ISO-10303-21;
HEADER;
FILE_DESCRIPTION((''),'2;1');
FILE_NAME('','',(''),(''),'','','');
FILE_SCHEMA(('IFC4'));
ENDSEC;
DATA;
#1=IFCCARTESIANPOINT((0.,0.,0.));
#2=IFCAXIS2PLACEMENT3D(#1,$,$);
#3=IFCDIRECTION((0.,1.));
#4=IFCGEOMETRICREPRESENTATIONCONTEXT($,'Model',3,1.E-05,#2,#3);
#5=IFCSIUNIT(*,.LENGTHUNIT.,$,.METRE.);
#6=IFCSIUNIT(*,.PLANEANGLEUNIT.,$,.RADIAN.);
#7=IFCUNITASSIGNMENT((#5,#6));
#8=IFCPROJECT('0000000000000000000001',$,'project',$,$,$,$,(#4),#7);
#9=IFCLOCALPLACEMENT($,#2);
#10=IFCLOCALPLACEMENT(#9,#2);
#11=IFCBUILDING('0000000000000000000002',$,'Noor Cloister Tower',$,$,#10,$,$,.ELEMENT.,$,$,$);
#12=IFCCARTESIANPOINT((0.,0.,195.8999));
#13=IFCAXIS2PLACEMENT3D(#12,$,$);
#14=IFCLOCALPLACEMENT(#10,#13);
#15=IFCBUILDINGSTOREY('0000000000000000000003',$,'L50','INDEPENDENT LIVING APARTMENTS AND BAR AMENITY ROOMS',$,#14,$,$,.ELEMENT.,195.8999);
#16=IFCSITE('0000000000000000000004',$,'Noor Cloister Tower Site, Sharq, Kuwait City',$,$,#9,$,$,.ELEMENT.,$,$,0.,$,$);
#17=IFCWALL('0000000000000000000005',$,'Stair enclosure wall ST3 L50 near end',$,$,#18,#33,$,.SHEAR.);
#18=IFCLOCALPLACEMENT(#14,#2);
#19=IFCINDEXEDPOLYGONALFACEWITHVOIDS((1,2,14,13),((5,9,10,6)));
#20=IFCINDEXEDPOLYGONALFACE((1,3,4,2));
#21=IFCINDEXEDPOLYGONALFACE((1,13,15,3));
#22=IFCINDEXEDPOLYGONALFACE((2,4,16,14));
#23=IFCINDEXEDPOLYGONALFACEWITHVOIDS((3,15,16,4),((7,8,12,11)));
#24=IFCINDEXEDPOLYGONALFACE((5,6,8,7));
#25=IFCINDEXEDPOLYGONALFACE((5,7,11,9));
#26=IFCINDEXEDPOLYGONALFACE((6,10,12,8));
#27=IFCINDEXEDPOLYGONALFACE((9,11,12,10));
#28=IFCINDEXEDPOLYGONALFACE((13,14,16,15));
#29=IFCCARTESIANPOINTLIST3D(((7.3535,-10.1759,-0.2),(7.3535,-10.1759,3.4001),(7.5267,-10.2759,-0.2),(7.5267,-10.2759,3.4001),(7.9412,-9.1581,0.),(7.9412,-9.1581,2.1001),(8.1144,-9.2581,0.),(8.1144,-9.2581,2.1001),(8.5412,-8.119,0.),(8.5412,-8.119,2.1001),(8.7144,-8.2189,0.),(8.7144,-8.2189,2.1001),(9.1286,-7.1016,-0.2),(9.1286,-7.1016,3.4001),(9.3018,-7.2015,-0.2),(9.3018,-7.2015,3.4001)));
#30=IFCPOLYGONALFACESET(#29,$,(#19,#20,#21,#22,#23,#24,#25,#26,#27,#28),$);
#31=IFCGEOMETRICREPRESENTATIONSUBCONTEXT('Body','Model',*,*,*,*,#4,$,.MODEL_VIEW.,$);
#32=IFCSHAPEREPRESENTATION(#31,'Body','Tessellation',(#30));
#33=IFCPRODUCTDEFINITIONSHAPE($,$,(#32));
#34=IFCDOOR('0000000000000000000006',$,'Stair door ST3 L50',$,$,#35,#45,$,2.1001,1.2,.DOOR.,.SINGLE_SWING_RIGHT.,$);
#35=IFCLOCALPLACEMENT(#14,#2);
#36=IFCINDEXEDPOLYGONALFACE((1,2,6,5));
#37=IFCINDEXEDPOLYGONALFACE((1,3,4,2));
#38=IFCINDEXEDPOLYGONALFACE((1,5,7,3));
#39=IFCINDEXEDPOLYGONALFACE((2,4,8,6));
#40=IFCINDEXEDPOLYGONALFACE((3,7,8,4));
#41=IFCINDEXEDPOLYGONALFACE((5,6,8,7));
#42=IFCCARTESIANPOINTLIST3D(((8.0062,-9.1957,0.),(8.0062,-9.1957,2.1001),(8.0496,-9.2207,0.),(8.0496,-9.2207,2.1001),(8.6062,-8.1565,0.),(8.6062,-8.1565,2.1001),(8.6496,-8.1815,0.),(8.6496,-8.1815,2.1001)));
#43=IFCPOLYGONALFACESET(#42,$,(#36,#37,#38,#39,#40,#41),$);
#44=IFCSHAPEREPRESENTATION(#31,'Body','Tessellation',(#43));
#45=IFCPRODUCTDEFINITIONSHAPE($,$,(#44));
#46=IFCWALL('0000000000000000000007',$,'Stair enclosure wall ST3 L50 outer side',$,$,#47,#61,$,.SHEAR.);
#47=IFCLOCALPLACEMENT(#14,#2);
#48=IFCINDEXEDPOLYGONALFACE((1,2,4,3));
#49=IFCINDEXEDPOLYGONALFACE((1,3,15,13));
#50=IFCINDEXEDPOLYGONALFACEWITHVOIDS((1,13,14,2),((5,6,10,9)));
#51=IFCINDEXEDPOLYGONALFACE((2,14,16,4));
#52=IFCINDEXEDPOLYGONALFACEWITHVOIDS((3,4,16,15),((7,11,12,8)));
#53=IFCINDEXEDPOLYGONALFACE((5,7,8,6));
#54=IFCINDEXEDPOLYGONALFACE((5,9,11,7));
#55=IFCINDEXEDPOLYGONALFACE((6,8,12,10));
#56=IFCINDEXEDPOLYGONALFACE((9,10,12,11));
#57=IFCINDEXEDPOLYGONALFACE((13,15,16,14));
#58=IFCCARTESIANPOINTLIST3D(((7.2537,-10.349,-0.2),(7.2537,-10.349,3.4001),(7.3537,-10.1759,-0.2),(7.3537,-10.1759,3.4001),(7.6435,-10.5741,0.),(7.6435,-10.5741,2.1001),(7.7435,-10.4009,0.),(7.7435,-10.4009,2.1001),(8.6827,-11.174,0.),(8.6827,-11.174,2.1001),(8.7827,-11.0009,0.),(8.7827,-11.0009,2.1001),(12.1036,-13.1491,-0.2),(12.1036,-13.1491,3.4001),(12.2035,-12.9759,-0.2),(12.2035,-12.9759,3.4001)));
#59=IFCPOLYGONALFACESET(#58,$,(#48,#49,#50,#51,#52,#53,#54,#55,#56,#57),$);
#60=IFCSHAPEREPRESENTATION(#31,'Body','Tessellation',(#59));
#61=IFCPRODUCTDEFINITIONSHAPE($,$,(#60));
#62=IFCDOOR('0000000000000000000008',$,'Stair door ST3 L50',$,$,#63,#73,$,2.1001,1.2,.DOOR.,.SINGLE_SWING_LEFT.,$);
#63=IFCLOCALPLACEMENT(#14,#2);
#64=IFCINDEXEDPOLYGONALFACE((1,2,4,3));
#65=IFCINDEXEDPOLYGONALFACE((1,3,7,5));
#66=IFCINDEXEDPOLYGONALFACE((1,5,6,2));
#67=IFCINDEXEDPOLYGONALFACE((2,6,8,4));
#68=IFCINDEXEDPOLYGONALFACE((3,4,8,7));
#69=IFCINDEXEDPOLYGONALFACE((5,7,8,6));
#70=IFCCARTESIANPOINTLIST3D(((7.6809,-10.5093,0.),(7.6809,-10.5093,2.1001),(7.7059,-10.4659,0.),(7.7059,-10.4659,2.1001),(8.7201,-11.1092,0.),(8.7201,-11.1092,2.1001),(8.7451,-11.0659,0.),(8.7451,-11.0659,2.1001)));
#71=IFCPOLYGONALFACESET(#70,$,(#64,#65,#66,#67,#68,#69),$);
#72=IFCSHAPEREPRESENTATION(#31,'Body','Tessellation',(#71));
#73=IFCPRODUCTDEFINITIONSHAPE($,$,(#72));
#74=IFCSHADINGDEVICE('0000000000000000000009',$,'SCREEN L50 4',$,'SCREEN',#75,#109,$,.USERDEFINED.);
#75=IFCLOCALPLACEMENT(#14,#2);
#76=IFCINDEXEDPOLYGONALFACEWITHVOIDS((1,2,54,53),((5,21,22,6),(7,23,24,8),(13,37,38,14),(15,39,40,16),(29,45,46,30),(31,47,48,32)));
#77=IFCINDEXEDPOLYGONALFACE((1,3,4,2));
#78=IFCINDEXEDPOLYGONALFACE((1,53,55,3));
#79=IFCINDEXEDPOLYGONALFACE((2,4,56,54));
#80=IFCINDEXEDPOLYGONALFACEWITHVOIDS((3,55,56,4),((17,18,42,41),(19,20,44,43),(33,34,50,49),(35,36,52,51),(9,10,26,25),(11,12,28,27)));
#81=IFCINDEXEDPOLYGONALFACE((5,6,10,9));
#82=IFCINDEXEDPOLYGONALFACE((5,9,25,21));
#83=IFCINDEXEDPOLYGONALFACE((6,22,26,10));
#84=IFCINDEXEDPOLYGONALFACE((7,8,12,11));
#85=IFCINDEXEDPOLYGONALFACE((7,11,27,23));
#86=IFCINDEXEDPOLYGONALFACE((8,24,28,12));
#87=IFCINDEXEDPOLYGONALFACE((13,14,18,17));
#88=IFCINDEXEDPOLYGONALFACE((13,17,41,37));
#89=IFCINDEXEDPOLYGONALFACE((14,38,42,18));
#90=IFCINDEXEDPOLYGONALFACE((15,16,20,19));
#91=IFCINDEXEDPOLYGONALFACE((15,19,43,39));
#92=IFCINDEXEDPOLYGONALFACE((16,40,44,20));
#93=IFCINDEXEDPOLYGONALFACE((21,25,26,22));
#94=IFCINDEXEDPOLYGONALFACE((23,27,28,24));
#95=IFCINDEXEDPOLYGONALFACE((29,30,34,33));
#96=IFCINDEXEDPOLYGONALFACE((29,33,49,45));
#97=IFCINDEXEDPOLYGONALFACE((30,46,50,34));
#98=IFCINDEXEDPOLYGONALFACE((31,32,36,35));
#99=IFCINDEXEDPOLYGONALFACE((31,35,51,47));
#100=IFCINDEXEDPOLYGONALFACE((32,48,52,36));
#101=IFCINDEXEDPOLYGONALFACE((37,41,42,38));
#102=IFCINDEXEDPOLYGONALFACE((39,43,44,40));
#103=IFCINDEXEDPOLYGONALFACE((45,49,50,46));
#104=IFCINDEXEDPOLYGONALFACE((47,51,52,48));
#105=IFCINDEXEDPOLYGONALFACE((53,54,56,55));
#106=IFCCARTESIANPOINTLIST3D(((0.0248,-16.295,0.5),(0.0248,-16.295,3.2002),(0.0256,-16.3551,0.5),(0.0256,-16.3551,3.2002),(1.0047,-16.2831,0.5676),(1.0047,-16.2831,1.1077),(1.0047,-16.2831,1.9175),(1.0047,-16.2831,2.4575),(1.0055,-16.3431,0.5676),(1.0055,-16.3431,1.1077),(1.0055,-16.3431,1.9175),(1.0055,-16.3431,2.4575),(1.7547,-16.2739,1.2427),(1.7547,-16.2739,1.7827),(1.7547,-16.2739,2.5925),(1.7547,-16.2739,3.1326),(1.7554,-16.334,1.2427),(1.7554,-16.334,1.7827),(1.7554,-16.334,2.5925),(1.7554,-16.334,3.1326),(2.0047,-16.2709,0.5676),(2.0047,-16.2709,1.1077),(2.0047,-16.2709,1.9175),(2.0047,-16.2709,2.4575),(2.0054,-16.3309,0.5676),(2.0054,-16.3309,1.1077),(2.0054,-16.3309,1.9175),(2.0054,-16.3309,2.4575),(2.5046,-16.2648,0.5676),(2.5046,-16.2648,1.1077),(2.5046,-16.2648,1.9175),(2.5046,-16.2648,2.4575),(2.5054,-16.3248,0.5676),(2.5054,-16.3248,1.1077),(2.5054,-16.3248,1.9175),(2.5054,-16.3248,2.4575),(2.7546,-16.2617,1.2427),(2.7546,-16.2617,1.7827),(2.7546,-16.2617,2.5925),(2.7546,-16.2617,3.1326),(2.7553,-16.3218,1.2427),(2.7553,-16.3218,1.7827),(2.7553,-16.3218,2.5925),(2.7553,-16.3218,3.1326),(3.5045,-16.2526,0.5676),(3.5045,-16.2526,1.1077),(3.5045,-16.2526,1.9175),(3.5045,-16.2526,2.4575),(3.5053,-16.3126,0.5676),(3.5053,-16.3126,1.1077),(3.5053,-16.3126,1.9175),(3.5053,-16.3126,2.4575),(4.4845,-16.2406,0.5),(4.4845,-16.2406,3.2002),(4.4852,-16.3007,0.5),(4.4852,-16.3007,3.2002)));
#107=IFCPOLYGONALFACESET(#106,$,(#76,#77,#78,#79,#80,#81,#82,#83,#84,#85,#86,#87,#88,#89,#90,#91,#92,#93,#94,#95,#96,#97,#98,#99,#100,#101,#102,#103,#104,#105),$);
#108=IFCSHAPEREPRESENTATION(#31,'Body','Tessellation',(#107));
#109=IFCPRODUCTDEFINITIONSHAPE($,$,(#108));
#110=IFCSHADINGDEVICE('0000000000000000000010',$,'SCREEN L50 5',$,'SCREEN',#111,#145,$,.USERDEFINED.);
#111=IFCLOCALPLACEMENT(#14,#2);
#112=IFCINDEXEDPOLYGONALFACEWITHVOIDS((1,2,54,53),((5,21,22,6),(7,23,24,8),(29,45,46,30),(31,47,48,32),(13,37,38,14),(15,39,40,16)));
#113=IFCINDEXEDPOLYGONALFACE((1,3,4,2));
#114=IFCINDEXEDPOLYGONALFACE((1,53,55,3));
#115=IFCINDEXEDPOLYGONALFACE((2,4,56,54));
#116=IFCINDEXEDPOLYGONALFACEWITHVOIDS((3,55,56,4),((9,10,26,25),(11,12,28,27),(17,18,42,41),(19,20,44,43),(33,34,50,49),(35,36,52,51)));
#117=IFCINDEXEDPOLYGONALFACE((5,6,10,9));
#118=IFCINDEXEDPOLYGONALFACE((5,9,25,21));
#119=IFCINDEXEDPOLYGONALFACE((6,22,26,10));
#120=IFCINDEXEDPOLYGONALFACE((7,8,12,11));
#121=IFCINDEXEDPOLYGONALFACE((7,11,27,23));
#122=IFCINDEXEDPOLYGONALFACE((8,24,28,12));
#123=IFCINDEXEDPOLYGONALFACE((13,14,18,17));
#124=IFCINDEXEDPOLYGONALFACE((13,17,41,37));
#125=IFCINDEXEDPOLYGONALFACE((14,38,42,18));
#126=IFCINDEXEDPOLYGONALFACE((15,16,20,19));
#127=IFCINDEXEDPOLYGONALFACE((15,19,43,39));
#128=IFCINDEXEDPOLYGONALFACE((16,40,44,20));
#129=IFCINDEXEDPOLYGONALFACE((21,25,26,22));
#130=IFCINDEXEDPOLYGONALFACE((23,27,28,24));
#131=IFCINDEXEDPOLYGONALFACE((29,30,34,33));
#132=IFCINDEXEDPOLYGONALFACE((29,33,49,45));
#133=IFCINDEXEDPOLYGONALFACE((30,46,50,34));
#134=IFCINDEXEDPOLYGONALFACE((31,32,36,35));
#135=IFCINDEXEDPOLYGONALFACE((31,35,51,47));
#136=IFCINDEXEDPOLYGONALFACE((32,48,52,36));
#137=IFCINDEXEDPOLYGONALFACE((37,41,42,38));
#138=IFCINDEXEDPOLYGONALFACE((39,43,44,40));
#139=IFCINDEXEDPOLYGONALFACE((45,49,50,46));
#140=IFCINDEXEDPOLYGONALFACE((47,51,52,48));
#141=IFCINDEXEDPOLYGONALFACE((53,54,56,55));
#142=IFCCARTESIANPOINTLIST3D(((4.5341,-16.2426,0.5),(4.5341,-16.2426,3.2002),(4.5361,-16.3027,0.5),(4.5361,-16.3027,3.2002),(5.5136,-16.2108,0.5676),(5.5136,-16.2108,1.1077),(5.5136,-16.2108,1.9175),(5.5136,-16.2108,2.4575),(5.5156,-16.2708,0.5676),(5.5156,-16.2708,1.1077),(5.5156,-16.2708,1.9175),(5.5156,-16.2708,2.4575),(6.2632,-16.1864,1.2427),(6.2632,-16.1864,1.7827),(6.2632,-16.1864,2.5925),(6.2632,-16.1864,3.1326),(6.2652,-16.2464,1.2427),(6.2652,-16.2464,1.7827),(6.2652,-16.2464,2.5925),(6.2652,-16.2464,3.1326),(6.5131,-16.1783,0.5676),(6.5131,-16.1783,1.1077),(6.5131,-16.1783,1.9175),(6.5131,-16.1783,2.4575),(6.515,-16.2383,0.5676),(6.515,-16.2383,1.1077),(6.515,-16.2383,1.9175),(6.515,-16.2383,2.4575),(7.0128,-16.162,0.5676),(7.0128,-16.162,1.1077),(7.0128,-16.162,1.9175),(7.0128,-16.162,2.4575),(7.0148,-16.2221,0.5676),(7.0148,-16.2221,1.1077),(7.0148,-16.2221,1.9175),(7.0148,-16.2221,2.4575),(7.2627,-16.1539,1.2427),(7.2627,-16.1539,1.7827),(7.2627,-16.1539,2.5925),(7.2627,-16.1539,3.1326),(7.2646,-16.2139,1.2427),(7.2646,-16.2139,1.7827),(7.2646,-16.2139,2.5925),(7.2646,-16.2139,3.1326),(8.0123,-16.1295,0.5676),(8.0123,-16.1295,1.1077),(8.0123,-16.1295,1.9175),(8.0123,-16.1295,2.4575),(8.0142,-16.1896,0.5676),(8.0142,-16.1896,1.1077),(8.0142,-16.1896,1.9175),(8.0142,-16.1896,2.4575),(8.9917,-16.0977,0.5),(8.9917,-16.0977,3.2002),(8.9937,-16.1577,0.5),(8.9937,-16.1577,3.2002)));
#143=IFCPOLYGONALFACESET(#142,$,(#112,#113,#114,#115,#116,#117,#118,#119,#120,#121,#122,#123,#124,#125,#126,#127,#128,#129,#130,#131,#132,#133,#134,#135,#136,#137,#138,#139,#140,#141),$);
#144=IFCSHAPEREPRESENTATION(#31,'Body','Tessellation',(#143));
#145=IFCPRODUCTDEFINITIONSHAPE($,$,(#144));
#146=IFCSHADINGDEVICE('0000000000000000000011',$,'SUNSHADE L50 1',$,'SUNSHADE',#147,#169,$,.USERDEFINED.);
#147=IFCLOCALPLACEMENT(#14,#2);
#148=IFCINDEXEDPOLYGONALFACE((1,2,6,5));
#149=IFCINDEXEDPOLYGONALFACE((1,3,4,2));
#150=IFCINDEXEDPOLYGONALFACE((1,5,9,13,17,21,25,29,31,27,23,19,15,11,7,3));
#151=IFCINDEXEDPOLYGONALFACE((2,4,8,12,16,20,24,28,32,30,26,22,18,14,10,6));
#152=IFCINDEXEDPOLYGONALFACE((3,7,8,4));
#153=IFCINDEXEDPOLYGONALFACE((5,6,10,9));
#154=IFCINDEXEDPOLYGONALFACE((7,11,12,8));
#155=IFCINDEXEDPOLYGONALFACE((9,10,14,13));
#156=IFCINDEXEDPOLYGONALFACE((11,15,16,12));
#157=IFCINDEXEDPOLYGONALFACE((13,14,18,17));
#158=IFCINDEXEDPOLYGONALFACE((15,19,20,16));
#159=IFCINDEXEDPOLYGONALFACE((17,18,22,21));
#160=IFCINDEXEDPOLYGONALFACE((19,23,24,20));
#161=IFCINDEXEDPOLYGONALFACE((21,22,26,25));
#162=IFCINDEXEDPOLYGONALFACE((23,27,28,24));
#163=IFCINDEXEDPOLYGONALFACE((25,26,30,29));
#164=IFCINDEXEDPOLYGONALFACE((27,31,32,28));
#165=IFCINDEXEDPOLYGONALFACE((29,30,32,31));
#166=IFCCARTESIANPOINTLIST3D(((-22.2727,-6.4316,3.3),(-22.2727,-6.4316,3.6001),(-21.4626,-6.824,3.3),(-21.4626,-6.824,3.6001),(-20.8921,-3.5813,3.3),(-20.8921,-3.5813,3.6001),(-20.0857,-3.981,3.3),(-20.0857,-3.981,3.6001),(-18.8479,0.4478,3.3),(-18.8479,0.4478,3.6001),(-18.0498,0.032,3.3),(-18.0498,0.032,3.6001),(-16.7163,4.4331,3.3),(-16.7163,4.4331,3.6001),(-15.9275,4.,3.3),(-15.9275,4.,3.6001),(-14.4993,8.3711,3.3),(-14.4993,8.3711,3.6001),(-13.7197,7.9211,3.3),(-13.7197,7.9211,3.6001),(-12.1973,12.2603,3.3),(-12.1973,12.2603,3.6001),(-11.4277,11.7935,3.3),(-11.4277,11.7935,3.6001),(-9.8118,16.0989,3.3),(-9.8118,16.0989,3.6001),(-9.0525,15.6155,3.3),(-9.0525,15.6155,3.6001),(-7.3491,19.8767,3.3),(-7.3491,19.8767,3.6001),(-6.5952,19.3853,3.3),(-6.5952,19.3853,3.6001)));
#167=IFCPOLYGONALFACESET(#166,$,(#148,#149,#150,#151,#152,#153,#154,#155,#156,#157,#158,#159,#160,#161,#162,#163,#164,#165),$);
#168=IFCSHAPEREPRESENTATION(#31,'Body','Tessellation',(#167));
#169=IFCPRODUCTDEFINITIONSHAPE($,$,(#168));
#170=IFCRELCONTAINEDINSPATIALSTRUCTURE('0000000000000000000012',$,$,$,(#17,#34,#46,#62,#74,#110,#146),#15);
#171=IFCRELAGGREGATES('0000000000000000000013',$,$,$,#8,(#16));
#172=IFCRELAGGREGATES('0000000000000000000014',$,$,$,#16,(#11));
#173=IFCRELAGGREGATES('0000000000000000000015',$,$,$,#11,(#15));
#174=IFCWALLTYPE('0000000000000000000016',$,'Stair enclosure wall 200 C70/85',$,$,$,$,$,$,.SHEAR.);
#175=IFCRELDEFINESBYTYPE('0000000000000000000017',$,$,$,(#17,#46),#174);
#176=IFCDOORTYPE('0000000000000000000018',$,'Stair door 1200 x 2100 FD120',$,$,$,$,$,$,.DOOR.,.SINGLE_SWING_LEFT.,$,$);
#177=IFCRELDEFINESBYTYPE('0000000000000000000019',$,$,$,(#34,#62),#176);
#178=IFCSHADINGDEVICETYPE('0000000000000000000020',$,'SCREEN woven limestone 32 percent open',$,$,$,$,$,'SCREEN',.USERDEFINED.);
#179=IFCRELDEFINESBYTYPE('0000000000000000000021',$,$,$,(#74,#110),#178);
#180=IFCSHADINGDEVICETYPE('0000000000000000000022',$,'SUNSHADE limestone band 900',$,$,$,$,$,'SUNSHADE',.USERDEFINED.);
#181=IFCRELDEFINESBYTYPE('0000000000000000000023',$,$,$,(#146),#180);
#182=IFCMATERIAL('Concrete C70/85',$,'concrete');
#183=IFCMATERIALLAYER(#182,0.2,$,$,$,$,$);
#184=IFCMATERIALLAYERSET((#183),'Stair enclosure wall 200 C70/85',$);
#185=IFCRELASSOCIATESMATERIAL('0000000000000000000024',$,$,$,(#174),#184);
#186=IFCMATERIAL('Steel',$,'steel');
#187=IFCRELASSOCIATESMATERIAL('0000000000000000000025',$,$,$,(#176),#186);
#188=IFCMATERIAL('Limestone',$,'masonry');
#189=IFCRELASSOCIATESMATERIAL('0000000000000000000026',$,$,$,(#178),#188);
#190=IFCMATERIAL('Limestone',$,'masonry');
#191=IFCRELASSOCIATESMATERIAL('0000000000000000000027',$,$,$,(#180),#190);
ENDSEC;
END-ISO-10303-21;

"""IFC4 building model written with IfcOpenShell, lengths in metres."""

from ifc_helpers import new_model, si_unit, direction, frame, frame_2d, origin, place, context, subcontext, project, spatial, polyline, rectangle, outline, extrude, material, layer, layer_set, material_profile, profile_set, type_object, element, fill, save


model = new_model("IFC4")

# Units and contexts
model_context = context("Model", 3, precision=1e-05, world=origin(), true_north=direction((0.0, 1.0)))
body_context = subcontext(model_context, "Body", "Model", "MODEL_VIEW")
ifc_project = project(units=[si_unit("LENGTHUNIT", "METRE"), si_unit("PLANEANGLEUNIT", "RADIAN")], contexts=[model_context])

# Site, building, storey
site_placement = place(None, origin())
site = spatial("IfcSite", under=ifc_project, at=site_placement, Name="Noor Cloister Tower Site, Sharq, Kuwait City", CompositionType="ELEMENT", RefElevation=0.0)
building_placement = place(site_placement, origin())
building = spatial("IfcBuilding", under=site, at=building_placement, Name="Noor Cloister Tower", CompositionType="ELEMENT")
storey_placement = place(building_placement, frame((0.0, 0.0, 195.8999)))
storey = spatial("IfcBuildingStorey", under=building, at=storey_placement, Name="L50", Description="INDEPENDENT LIVING APARTMENTS AND BAR AMENITY ROOMS", CompositionType="ELEMENT", Elevation=195.8999)

# Walls, openings, doors
ifc_material_1 = material(Name="Concrete C70/85", Category="concrete")
ifc_layer_1 = layer(ifc_material_1, 0.2)
ifc_layer_set_1 = layer_set([ifc_layer_1], Name="Stair enclosure wall 200 C70/85")
wall_type_1 = type_object("IfcWallType", Name="Stair enclosure wall 200 C70/85", PredefinedType="SHEAR", material=ifc_layer_set_1)
wall_1_placement = place(storey_placement, frame((7.4402, -10.2258, -0.2), z_axis=(0.0, 0.0, 1.0), x_axis=(0.500022, 0.866013, 0.0)))
wall_1 = element("IfcWall", 1, at=wall_1_placement, inside=storey, type_object=wall_type_1, Name="Stair enclosure wall ST3 L50 near end", PredefinedType="SHEAR", context=body_context, shape_type="SweptSolid", body=[
    extrude(rectangle(XDim=3.55, YDim=0.2, at=frame_2d((1.7749, 0.0))), origin(), (0.0, 0.0, 1.0), 3.6001),
])
opening_1_placement = place(wall_1_placement, frame((1.175, 0.0, 0.2)))
opening_1 = element("IfcOpeningElement", 2, at=opening_1_placement, cuts=wall_1, PredefinedType="OPENING", context=body_context, shape_type="SweptSolid", body=[
    extrude(rectangle(XDim=1.2, YDim=2.1001, at=frame_2d((0.6001, 1.05))), frame((0.0, 0.1099, 0.0), z_axis=(0.0, -1.0, 0.0), x_axis=(1.0, 0.0, 0.0)), (0.0, 0.0, 1.0), 0.22),
])
ifc_material_2 = material(Name="Steel", Category="steel")
door_type_1 = type_object("IfcDoorType", Name="Stair door 1200 x 2100 FD120", OperationType="SINGLE_SWING_LEFT", PredefinedType="DOOR", material=ifc_material_2)
door_1_placement = place(opening_1_placement, origin())
door_1 = element("IfcDoor", 3, at=door_1_placement, inside=storey, type_object=door_type_1, Name="Stair door ST3 L50", OperationType="SINGLE_SWING_RIGHT", OverallHeight=2.1001, OverallWidth=1.2, PredefinedType="DOOR", context=body_context, shape_type="SweptSolid", body=[
    extrude(rectangle(XDim=1.2, YDim=2.1001, at=frame_2d((0.6001, 1.05))), frame((0.0, 0.0249, 0.0), z_axis=(0.0, -1.0, 0.0), x_axis=(1.0, 0.0, 0.0)), (0.0, 0.0, 1.0), 0.05),
])
fill(opening_1, door_1)
wall_2_placement = place(storey_placement, frame((7.3037, -10.2625, -0.2), z_axis=(0.0, 0.0, 1.0), x_axis=(0.866027, -0.499998, 0.0)))
wall_2 = element("IfcWall", 4, at=wall_2_placement, inside=storey, type_object=wall_type_1, Name="Stair enclosure wall ST3 L50 outer side", PredefinedType="SHEAR", context=body_context, shape_type="SweptSolid", body=[
    extrude(rectangle(XDim=5.6001, YDim=0.2, at=frame_2d((2.8, 0.0))), origin(), (0.0, 0.0, 1.0), 3.6001),
])
opening_2_placement = place(wall_2_placement, frame((0.45, 0.0, 0.2)))
opening_2 = element("IfcOpeningElement", 5, at=opening_2_placement, cuts=wall_2, PredefinedType="OPENING", context=body_context, shape_type="SweptSolid", body=[
    extrude(rectangle(XDim=1.2, YDim=2.1001, at=frame_2d((0.6001, 1.05))), frame((0.0, 0.1099, 0.0), z_axis=(0.0, -1.0, 0.0), x_axis=(1.0, 0.0, 0.0)), (0.0, 0.0, 1.0), 0.22),
])
door_2_placement = place(opening_2_placement, origin())
door_2 = element("IfcDoor", 6, at=door_2_placement, inside=storey, type_object=door_type_1, Name="Stair door ST3 L50", OperationType="SINGLE_SWING_LEFT", OverallHeight=2.1001, OverallWidth=1.2, PredefinedType="DOOR", context=body_context, shape_type="SweptSolid", body=[
    extrude(rectangle(XDim=1.2, YDim=2.1001, at=frame_2d((0.6001, 1.05))), frame((0.0, 0.0249, 0.0), z_axis=(0.0, -1.0, 0.0), x_axis=(1.0, 0.0, 0.0)), (0.0, 0.0, 1.0), 0.05),
])
fill(opening_2, door_2)

# Shading devices
ifc_material_3 = material(Name="Limestone", Category="masonry")
ifc_material_profile_1 = material_profile(ifc_material_3, outline(polyline([(-2.23, -1.3501), (2.23, -1.3501), (2.23, 1.3501), (-2.23, 1.3501), (-2.23, -1.3501)]), holes=[polyline([(-1.25, -1.2825), (-0.25, -1.2825), (-0.25, -0.7424), (-1.25, -0.7424), (-1.25, -1.2825)]), polyline([(0.25, -1.2825), (1.25, -1.2825), (1.25, -0.7424), (0.25, -0.7424), (0.25, -1.2825)]), polyline([(-0.5, -0.6074), (0.5, -0.6074), (0.5, -0.0674), (-0.5, -0.0674), (-0.5, -0.6074)]), polyline([(-1.25, 0.0674), (-0.25, 0.0674), (-0.25, 0.6074), (-1.25, 0.6074), (-1.25, 0.0674)]), polyline([(0.25, 0.0674), (1.25, 0.0674), (1.25, 0.6074), (0.25, 0.6074), (0.25, 0.0674)]), polyline([(-0.5, 0.7424), (0.5, 0.7424), (0.5, 1.2825), (-0.5, 1.2825), (-0.5, 0.7424)])]), Name="Woven screen 32 percent open")
ifc_profile_set_1 = profile_set([ifc_material_profile_1], Name="Limestone")
shading_device_type_1 = type_object("IfcShadingDeviceType", Name="SCREEN woven limestone 32 percent open", ElementType="SCREEN", PredefinedType="USERDEFINED", material=ifc_profile_set_1)
for number, where, z_axis, x_axis, name in (
    (7, (2.2546, -16.2678, 1.8501), (0.012194, -0.999926, 0.0), (0.999926, 0.012194, 0.0), "SCREEN L50 4"),
    (8, (6.7629, -16.1702, 1.8501), (0.032503, -0.999472, 0.0), (0.999472, 0.032503, 0.0), "SCREEN L50 5"),
):
    element("IfcShadingDevice", number, at=place(storey_placement, frame(where, z_axis=z_axis, x_axis=x_axis)), inside=storey, type_object=shading_device_type_1, Name=name, ObjectType="SCREEN", PredefinedType="USERDEFINED", context=body_context, shape_type="SweptSolid", body=[
        extrude(outline(polyline([(-2.23, -1.3501), (2.23, -1.3501), (2.23, 1.3501), (-2.23, 1.3501), (-2.23, -1.3501)]), holes=[polyline([(-1.25, -1.2825), (-0.25, -1.2825), (-0.25, -0.7424), (-1.25, -0.7424), (-1.25, -1.2825)]), polyline([(0.25, -1.2825), (1.25, -1.2825), (1.25, -0.7424), (0.25, -0.7424), (0.25, -1.2825)]), polyline([(-0.5, -0.6074), (0.5, -0.6074), (0.5, -0.0674), (-0.5, -0.0674), (-0.5, -0.6074)]), polyline([(-1.25, 0.0674), (-0.25, 0.0674), (-0.25, 0.6074), (-1.25, 0.6074), (-1.25, 0.0674)]), polyline([(0.25, 0.0674), (1.25, 0.0674), (1.25, 0.6074), (0.25, 0.6074), (0.25, 0.0674)]), polyline([(-0.5, 0.7424), (0.5, 0.7424), (0.5, 1.2825), (-0.5, 1.2825), (-0.5, 0.7424)])]), origin(), (0.0, 0.0, 1.0), 0.0601),
    ])
ifc_material_4 = material(Name="Limestone", Category="masonry")
shading_device_type_2 = type_object("IfcShadingDeviceType", Name="SUNSHADE limestone band 900", ElementType="SUNSHADE", PredefinedType="USERDEFINED", material=ifc_material_4)
shading_device_1_placement = place(storey_placement, frame((0.0, 0.0, 3.3)))
element("IfcShadingDevice", 9, at=shading_device_1_placement, inside=storey, type_object=shading_device_type_2, Name="SUNSHADE L50 1", ObjectType="SUNSHADE", PredefinedType="USERDEFINED", context=body_context, shape_type="SweptSolid", body=[
    extrude(outline(polyline([(-7.3491, 19.8767), (-9.8118, 16.0989), (-12.1973, 12.2603), (-14.4993, 8.3711), (-16.7163, 4.4331), (-18.8479, 0.4478), (-20.8921, -3.5813), (-22.2727, -6.4316), (-21.4626, -6.824), (-20.0857, -3.981), (-18.0498, 0.032), (-15.9275, 4.0), (-13.7197, 7.9211), (-11.4277, 11.7935), (-9.0525, 15.6155), (-6.5952, 19.3853), (-7.3491, 19.8767)])), origin(), (0.0, 0.0, 1.0), 0.3),
])

save(model, "model.ifc")
